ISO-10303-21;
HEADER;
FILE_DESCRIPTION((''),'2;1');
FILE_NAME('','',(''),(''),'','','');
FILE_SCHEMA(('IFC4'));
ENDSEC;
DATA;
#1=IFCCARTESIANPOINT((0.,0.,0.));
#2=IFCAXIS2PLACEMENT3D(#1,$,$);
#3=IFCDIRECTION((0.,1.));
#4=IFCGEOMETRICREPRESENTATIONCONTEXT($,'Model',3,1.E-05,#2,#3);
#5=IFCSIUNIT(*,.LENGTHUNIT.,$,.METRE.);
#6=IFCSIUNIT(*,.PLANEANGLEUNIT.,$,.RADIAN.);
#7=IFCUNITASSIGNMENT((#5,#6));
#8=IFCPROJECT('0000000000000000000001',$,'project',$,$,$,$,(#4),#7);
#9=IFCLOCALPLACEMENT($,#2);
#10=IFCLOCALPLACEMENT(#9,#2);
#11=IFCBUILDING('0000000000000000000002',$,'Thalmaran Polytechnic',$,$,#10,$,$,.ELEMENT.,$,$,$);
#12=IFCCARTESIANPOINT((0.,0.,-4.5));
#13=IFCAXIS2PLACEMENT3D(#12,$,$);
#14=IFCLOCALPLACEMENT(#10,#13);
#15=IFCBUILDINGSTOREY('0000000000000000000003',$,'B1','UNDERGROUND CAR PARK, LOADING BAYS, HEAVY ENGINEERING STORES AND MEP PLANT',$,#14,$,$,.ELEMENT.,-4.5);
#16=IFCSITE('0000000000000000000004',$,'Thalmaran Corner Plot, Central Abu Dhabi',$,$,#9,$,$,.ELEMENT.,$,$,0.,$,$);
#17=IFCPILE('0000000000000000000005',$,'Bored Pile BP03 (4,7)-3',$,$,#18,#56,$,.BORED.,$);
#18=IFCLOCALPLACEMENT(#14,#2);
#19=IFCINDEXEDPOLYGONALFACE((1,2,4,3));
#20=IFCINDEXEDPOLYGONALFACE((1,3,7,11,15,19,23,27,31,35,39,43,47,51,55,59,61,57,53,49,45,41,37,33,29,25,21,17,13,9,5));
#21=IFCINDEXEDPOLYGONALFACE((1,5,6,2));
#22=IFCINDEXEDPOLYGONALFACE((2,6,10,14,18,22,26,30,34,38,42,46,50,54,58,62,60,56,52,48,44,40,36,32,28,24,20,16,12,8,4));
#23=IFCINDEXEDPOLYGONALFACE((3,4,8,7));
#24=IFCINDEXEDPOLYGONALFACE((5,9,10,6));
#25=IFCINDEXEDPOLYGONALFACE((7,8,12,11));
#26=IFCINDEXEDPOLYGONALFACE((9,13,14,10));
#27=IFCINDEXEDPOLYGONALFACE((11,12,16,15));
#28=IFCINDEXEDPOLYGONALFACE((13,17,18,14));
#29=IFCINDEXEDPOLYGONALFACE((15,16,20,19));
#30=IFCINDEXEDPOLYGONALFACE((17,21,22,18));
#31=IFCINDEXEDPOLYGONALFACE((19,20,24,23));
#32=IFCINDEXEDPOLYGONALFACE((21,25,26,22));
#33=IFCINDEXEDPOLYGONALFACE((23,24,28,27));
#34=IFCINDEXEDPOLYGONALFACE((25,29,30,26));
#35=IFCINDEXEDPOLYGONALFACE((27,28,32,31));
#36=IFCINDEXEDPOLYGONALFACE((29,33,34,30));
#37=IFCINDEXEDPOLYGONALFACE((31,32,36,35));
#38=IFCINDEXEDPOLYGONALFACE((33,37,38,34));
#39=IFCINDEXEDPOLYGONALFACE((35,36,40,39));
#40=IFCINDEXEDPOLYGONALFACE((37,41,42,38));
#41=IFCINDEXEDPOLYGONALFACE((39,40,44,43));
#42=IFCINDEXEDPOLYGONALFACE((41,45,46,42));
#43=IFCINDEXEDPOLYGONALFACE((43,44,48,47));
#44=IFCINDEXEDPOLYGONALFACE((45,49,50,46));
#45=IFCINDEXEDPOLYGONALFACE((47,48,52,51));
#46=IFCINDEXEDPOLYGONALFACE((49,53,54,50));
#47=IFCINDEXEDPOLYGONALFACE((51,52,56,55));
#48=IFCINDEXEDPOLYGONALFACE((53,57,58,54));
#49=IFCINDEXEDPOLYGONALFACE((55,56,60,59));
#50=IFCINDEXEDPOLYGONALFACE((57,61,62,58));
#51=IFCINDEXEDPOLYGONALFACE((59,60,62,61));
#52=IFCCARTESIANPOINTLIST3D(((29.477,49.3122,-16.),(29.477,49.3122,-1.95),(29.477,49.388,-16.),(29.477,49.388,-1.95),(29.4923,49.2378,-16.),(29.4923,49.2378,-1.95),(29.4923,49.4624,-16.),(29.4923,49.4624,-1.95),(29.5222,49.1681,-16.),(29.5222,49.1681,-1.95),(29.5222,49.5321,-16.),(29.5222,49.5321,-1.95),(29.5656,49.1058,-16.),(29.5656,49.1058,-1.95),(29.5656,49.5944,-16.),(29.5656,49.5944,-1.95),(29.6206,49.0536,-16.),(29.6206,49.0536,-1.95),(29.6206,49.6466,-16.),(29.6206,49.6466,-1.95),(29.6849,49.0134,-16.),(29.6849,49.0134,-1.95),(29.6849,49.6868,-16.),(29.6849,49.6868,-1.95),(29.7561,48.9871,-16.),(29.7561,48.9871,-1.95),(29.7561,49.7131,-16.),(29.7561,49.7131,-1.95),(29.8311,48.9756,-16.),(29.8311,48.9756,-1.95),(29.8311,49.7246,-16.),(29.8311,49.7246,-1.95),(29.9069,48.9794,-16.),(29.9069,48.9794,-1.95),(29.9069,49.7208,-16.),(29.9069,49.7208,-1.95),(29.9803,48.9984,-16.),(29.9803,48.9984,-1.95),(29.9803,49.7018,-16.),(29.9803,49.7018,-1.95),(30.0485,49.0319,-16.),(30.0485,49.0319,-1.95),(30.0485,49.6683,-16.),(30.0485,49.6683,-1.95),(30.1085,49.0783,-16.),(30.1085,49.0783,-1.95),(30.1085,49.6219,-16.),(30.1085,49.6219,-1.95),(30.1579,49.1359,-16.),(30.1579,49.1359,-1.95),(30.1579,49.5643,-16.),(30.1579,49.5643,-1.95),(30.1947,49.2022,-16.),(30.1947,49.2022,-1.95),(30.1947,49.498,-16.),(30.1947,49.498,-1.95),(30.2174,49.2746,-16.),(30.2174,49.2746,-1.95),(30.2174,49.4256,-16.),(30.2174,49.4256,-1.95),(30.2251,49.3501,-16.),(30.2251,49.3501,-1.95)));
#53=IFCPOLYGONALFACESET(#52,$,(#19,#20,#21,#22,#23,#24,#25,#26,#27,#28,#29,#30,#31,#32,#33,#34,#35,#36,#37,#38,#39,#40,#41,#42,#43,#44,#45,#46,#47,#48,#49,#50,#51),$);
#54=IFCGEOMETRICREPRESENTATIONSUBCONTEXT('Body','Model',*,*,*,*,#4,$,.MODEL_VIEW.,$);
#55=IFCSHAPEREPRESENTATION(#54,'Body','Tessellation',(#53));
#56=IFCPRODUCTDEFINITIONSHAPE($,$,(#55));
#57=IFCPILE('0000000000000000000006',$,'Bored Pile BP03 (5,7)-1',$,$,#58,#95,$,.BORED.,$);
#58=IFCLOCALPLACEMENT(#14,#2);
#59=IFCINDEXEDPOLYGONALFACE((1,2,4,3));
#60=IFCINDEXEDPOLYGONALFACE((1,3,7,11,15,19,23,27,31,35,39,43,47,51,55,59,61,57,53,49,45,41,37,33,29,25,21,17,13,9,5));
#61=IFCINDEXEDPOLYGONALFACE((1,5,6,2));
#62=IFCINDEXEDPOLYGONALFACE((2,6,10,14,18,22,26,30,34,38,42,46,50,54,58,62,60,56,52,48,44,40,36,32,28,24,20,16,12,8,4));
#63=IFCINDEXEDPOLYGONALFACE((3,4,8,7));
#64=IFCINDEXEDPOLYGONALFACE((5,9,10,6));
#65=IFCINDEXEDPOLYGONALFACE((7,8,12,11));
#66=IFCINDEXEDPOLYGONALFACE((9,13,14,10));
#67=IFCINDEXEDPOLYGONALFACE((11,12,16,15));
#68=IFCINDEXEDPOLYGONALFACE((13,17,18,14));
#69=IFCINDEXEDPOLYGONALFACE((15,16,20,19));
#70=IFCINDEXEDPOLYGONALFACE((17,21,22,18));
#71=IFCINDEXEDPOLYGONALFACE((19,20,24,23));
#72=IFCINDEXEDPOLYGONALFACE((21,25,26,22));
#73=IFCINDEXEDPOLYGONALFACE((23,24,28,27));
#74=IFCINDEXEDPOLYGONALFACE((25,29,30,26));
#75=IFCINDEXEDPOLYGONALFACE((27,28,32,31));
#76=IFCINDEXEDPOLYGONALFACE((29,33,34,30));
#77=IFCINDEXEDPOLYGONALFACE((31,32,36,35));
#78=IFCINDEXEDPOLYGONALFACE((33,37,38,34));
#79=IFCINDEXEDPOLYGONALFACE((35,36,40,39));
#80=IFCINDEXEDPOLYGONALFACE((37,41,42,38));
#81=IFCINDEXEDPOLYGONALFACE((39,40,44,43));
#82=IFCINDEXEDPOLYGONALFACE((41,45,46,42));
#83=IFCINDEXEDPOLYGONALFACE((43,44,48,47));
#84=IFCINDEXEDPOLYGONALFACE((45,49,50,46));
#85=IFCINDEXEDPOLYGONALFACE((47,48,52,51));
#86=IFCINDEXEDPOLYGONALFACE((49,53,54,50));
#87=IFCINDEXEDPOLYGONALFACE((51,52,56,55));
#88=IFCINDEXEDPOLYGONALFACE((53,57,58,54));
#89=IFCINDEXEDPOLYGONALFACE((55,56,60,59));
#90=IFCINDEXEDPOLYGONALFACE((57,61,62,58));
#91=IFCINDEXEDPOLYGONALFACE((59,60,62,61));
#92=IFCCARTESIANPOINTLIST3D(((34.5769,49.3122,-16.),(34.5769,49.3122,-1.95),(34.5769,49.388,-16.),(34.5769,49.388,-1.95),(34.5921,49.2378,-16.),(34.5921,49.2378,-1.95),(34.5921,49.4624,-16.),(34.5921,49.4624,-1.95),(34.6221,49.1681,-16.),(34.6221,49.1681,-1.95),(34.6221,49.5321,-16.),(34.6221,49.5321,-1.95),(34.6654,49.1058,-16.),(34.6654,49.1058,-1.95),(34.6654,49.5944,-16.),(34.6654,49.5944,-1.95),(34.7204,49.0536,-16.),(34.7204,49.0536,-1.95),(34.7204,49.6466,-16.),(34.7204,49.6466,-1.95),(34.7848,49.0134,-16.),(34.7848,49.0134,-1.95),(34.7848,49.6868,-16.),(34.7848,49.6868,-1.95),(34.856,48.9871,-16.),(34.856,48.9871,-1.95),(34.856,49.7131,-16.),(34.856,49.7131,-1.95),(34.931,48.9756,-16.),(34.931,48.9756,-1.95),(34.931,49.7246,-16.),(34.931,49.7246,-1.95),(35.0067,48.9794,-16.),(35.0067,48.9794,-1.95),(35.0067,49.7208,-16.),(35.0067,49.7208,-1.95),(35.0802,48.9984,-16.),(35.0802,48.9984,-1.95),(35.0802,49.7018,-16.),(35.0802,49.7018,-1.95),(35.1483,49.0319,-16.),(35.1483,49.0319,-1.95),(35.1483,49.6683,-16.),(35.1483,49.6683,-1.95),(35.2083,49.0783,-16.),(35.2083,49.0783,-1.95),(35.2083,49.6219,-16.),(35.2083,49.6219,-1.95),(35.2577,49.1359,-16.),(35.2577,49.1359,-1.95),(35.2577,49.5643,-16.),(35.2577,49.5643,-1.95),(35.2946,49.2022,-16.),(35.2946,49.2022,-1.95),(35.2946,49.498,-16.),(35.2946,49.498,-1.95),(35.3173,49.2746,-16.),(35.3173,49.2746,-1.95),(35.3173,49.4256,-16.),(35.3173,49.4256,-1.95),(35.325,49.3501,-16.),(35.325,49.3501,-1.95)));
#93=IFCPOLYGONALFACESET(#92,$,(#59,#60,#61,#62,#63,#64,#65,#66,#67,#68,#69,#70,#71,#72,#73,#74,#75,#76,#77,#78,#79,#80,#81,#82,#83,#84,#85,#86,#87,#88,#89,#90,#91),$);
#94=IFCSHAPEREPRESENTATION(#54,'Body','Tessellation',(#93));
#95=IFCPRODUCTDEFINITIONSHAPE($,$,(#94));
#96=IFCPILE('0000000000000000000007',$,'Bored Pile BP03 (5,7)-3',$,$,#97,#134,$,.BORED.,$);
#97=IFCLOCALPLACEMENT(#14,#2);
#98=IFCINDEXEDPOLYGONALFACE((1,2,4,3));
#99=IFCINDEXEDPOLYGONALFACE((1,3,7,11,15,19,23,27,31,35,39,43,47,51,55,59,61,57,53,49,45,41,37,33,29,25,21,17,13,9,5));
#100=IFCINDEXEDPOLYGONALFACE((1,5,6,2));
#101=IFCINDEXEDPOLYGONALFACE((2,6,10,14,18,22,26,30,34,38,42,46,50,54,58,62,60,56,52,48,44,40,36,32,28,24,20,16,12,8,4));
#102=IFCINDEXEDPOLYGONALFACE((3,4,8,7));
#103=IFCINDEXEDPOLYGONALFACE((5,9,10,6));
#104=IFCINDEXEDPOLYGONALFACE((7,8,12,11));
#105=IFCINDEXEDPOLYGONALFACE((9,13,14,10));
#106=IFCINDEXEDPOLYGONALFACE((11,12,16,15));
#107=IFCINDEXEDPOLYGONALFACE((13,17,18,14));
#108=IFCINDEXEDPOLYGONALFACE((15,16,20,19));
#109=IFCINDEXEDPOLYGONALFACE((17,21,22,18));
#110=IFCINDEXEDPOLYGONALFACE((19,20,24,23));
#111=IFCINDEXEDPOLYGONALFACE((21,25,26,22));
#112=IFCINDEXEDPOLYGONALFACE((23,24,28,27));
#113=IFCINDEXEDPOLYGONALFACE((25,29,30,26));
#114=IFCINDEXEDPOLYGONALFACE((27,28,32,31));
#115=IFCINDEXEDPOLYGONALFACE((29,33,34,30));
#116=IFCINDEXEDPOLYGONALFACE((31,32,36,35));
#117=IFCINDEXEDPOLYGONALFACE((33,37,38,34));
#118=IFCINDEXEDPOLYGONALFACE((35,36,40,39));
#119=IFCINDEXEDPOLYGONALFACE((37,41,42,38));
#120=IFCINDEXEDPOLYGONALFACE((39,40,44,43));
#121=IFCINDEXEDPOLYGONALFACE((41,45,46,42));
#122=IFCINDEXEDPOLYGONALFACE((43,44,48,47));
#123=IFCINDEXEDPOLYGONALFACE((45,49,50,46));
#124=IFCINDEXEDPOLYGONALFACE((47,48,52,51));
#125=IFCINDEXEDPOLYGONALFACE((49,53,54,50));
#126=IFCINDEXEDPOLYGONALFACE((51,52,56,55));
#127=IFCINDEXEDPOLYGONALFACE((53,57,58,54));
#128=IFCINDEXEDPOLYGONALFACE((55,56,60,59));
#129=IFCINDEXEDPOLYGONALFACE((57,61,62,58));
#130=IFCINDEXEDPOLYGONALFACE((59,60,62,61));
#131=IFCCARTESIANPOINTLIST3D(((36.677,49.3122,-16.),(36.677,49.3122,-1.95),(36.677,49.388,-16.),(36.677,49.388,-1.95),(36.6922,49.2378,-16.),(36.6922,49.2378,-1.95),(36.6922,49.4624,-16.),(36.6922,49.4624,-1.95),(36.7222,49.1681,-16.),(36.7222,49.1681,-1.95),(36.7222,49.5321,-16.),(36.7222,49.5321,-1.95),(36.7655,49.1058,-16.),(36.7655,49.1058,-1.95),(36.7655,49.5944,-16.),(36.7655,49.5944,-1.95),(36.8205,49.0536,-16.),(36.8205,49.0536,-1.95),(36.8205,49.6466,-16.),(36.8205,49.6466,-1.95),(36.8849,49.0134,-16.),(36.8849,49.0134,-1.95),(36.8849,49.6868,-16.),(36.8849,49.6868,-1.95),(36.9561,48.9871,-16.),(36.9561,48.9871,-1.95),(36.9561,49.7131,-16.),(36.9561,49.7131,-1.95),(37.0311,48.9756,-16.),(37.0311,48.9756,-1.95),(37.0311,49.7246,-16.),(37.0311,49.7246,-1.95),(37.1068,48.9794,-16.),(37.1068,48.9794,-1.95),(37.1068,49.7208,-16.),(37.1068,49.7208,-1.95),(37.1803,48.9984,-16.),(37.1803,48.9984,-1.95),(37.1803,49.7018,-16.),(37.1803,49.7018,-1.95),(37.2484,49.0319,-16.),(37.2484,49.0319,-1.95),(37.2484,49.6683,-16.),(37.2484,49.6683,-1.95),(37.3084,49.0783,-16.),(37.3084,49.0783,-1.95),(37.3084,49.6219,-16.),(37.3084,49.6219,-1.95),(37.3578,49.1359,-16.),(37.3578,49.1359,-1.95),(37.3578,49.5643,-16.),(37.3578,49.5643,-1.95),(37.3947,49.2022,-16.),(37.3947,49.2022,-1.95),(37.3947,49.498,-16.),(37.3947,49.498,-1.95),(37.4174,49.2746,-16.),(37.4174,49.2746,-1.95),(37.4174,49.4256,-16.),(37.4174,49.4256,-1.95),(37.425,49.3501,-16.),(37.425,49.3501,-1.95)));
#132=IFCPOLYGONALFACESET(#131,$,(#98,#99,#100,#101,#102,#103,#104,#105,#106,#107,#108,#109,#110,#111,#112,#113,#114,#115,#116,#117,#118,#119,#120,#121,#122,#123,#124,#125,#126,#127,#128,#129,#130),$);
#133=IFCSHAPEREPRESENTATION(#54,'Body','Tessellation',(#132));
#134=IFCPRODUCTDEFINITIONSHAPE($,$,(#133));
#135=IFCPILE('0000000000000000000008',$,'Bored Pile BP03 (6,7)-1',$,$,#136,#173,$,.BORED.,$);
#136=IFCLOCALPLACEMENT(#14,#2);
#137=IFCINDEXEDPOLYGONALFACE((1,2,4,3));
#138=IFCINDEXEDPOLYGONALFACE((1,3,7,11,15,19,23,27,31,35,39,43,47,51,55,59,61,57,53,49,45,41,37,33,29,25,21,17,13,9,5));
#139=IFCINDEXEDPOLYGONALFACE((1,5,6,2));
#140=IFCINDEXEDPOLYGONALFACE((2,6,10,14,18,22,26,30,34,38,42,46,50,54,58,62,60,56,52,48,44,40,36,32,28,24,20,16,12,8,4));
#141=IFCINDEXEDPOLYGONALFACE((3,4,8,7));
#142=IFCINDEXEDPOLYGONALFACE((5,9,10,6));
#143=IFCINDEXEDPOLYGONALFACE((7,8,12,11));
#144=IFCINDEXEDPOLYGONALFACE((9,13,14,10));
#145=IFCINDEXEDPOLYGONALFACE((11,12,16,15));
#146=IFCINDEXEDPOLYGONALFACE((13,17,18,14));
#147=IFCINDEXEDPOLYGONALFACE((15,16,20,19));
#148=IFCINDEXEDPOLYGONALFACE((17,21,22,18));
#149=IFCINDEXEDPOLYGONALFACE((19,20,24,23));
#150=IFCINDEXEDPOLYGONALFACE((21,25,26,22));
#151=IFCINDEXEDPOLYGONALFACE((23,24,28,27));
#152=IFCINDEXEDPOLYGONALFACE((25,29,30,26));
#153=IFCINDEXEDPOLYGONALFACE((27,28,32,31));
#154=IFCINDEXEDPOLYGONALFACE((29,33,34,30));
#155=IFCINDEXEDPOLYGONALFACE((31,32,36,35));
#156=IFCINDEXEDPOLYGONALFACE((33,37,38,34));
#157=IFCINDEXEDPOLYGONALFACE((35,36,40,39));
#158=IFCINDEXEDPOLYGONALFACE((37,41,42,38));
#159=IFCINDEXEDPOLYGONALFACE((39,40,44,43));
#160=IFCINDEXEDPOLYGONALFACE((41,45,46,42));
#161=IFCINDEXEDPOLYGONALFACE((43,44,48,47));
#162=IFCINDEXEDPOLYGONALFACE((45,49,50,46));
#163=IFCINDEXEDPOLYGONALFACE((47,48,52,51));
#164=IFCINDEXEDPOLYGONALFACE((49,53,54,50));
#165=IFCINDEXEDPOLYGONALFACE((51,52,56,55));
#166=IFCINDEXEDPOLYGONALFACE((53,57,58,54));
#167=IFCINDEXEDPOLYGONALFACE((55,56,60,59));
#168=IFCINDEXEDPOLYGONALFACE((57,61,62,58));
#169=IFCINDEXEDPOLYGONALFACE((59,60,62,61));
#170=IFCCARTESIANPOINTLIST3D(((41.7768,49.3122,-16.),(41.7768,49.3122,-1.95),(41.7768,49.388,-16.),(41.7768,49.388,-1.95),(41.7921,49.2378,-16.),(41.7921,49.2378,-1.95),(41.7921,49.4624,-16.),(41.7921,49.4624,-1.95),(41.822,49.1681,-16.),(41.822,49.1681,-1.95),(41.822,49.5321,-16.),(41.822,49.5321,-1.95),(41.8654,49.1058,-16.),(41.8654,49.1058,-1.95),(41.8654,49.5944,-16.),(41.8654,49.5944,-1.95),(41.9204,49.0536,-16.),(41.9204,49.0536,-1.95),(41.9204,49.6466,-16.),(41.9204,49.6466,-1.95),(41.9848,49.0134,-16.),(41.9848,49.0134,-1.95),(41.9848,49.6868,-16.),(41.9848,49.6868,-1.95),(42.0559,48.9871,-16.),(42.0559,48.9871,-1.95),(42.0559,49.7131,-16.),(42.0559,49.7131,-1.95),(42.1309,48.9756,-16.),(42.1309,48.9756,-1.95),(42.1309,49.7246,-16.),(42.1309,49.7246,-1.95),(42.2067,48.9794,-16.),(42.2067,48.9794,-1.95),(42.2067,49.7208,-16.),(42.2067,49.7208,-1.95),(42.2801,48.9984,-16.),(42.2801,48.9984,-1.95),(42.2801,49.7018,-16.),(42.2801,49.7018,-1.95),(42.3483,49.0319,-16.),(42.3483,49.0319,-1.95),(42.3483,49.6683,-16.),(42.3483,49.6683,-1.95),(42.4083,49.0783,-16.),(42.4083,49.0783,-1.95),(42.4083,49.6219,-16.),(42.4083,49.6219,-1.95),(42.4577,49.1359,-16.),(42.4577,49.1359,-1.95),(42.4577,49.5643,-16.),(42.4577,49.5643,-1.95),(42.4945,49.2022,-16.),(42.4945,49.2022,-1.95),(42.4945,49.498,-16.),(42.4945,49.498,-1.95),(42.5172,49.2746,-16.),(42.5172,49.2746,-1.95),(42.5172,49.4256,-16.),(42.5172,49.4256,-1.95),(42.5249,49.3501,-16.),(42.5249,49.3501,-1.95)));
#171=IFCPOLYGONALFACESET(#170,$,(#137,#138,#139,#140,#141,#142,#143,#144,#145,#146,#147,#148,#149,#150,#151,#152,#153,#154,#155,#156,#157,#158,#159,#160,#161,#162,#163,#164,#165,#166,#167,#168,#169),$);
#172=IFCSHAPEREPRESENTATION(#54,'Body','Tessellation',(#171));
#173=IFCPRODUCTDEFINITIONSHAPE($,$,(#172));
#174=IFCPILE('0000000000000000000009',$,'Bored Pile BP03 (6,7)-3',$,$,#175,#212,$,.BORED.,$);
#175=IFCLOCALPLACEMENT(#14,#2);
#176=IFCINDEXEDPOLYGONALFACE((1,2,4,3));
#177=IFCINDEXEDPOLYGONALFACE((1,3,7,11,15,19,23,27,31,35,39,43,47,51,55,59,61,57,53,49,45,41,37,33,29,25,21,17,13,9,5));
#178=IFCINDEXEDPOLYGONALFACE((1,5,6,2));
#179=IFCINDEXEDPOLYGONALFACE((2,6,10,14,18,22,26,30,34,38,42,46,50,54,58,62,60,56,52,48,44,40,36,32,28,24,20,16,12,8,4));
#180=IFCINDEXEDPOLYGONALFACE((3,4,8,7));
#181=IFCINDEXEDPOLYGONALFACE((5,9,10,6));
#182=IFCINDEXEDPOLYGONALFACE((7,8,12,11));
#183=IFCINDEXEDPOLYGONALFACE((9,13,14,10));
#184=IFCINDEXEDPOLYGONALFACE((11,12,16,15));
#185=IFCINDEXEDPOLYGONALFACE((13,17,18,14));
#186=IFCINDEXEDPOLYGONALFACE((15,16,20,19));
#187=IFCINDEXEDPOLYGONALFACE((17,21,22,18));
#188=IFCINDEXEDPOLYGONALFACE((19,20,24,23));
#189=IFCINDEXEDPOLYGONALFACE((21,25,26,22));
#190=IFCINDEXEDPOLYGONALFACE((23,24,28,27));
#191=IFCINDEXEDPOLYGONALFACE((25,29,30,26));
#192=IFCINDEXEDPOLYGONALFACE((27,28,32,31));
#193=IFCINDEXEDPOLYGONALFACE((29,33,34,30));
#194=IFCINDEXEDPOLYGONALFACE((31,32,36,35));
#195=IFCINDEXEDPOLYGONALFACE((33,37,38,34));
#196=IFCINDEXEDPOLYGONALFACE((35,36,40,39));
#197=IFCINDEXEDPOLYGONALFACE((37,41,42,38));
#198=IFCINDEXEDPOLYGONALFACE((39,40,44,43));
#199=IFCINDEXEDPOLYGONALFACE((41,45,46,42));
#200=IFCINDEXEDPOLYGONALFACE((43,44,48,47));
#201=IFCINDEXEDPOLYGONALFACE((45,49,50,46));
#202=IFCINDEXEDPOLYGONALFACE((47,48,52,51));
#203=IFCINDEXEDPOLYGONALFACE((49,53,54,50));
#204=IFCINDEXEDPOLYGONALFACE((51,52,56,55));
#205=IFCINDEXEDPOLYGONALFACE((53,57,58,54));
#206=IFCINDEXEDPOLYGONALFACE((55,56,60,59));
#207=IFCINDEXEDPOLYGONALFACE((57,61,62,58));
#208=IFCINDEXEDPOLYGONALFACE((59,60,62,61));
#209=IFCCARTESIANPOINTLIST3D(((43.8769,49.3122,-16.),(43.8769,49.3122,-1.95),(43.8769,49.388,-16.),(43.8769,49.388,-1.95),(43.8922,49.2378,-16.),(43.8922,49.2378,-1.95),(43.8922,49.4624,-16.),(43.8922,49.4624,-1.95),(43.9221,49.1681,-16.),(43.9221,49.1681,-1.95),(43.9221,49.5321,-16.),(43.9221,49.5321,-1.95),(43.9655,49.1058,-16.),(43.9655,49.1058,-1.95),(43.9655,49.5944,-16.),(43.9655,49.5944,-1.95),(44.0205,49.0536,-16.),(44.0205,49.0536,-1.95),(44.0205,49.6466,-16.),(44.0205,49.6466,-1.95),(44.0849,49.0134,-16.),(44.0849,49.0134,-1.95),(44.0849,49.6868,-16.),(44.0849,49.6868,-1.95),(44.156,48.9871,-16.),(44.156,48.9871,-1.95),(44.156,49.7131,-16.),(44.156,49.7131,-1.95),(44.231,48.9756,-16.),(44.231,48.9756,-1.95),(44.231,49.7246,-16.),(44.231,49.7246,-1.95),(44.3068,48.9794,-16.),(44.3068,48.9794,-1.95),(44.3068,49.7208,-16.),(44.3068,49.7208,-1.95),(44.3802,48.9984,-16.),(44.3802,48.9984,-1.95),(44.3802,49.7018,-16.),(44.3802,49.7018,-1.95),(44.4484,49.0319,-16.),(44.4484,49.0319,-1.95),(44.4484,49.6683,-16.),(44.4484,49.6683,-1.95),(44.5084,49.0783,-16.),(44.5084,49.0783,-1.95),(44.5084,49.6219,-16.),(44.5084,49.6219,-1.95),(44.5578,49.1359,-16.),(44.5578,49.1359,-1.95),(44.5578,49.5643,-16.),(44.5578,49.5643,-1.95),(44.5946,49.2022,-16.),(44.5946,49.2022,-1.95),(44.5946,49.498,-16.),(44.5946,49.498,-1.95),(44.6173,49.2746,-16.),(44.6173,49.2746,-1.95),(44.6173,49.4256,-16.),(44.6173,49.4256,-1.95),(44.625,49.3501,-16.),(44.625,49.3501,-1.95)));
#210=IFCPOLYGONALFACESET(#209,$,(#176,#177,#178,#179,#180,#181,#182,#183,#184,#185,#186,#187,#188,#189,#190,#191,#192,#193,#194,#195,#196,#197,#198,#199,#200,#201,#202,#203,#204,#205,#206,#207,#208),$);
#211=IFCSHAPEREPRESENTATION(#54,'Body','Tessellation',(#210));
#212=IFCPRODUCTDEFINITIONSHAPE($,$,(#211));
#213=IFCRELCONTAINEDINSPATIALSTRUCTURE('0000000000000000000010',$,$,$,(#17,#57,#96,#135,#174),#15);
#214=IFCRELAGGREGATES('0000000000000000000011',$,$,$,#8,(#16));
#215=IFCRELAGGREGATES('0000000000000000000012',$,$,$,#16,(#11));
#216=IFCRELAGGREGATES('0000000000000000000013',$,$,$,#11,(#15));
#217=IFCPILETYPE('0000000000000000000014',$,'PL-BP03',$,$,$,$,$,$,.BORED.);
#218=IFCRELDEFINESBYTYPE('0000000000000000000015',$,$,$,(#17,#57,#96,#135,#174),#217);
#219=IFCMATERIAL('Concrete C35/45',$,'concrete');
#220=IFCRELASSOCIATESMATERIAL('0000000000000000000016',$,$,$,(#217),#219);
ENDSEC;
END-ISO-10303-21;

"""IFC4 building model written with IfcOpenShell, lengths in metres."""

from ifc_helpers import new_model, si_unit, direction, frame, origin, origin_2d, place, context, subcontext, project, spatial, circle, extrude, material, material_profile, profile_set, type_object, element, save


model = new_model("IFC4")

# Units and contexts
model_context = context("Model", 3, precision=1e-05, world=origin(), true_north=direction((0.0, 1.0)))
body_context = subcontext(model_context, "Body", "Model", "MODEL_VIEW")
ifc_project = project(units=[si_unit("LENGTHUNIT", "METRE"), si_unit("PLANEANGLEUNIT", "RADIAN")], contexts=[model_context])

# Site, building, storey
site_placement = place(None, origin())
site = spatial("IfcSite", under=ifc_project, at=site_placement, Name="Thalmaran Corner Plot, Central Abu Dhabi", CompositionType="ELEMENT", RefElevation=0.0)
building_placement = place(site_placement, origin())
building = spatial("IfcBuilding", under=site, at=building_placement, Name="Thalmaran Polytechnic", CompositionType="ELEMENT")
storey_placement = place(building_placement, frame((0.0, 0.0, -4.5)))
storey = spatial("IfcBuildingStorey", under=building, at=storey_placement, Name="B1", Description="UNDERGROUND CAR PARK, LOADING BAYS, HEAVY ENGINEERING STORES AND MEP PLANT", CompositionType="ELEMENT", Elevation=-4.5)

# Piles
ifc_material_1 = material(Name="Concrete C35/45", Category="concrete")
ifc_material_profile_1 = material_profile(ifc_material_1, circle(Radius=0.375, at=origin_2d()), Name="RC 750 DIA")
ifc_profile_set_1 = profile_set([ifc_material_profile_1], Name="Concrete C35/45")
pile_type_1 = type_object("IfcPileType", Name="PL-BP03", PredefinedType="BORED", material=ifc_profile_set_1)
for number, where, z_axis, x_axis, name in (
    (1, (29.8501, 49.3501, -1.95), (0.0, 0.0, -1.0), (1.0, 0.0, 0.0), "Bored Pile BP03 (4,7)-3"),
    (2, (34.95, 49.3501, -1.95), (0.0, 0.0, -1.0), (1.0, 0.0, 0.0), "Bored Pile BP03 (5,7)-1"),
    (3, (37.05, 49.3501, -1.95), (0.0, 0.0, -1.0), (1.0, 0.0, 0.0), "Bored Pile BP03 (5,7)-3"),
    (4, (42.1499, 49.3501, -1.95), (0.0, 0.0, -1.0), (1.0, 0.0, 0.0), "Bored Pile BP03 (6,7)-1"),
    (5, (44.25, 49.3501, -1.95), (0.0, 0.0, -1.0), (1.0, 0.0, 0.0), "Bored Pile BP03 (6,7)-3"),
):
    element("IfcPile", number, at=place(storey_placement, frame(where, z_axis=z_axis, x_axis=x_axis)), inside=storey, type_object=pile_type_1, Name=name, PredefinedType="BORED", context=body_context, shape_type="SweptSolid", body=[
        extrude(circle(Radius=0.375, at=origin_2d()), origin(), (0.0, 0.0, 1.0), 14.05),
    ])

save(model, "model.ifc")
